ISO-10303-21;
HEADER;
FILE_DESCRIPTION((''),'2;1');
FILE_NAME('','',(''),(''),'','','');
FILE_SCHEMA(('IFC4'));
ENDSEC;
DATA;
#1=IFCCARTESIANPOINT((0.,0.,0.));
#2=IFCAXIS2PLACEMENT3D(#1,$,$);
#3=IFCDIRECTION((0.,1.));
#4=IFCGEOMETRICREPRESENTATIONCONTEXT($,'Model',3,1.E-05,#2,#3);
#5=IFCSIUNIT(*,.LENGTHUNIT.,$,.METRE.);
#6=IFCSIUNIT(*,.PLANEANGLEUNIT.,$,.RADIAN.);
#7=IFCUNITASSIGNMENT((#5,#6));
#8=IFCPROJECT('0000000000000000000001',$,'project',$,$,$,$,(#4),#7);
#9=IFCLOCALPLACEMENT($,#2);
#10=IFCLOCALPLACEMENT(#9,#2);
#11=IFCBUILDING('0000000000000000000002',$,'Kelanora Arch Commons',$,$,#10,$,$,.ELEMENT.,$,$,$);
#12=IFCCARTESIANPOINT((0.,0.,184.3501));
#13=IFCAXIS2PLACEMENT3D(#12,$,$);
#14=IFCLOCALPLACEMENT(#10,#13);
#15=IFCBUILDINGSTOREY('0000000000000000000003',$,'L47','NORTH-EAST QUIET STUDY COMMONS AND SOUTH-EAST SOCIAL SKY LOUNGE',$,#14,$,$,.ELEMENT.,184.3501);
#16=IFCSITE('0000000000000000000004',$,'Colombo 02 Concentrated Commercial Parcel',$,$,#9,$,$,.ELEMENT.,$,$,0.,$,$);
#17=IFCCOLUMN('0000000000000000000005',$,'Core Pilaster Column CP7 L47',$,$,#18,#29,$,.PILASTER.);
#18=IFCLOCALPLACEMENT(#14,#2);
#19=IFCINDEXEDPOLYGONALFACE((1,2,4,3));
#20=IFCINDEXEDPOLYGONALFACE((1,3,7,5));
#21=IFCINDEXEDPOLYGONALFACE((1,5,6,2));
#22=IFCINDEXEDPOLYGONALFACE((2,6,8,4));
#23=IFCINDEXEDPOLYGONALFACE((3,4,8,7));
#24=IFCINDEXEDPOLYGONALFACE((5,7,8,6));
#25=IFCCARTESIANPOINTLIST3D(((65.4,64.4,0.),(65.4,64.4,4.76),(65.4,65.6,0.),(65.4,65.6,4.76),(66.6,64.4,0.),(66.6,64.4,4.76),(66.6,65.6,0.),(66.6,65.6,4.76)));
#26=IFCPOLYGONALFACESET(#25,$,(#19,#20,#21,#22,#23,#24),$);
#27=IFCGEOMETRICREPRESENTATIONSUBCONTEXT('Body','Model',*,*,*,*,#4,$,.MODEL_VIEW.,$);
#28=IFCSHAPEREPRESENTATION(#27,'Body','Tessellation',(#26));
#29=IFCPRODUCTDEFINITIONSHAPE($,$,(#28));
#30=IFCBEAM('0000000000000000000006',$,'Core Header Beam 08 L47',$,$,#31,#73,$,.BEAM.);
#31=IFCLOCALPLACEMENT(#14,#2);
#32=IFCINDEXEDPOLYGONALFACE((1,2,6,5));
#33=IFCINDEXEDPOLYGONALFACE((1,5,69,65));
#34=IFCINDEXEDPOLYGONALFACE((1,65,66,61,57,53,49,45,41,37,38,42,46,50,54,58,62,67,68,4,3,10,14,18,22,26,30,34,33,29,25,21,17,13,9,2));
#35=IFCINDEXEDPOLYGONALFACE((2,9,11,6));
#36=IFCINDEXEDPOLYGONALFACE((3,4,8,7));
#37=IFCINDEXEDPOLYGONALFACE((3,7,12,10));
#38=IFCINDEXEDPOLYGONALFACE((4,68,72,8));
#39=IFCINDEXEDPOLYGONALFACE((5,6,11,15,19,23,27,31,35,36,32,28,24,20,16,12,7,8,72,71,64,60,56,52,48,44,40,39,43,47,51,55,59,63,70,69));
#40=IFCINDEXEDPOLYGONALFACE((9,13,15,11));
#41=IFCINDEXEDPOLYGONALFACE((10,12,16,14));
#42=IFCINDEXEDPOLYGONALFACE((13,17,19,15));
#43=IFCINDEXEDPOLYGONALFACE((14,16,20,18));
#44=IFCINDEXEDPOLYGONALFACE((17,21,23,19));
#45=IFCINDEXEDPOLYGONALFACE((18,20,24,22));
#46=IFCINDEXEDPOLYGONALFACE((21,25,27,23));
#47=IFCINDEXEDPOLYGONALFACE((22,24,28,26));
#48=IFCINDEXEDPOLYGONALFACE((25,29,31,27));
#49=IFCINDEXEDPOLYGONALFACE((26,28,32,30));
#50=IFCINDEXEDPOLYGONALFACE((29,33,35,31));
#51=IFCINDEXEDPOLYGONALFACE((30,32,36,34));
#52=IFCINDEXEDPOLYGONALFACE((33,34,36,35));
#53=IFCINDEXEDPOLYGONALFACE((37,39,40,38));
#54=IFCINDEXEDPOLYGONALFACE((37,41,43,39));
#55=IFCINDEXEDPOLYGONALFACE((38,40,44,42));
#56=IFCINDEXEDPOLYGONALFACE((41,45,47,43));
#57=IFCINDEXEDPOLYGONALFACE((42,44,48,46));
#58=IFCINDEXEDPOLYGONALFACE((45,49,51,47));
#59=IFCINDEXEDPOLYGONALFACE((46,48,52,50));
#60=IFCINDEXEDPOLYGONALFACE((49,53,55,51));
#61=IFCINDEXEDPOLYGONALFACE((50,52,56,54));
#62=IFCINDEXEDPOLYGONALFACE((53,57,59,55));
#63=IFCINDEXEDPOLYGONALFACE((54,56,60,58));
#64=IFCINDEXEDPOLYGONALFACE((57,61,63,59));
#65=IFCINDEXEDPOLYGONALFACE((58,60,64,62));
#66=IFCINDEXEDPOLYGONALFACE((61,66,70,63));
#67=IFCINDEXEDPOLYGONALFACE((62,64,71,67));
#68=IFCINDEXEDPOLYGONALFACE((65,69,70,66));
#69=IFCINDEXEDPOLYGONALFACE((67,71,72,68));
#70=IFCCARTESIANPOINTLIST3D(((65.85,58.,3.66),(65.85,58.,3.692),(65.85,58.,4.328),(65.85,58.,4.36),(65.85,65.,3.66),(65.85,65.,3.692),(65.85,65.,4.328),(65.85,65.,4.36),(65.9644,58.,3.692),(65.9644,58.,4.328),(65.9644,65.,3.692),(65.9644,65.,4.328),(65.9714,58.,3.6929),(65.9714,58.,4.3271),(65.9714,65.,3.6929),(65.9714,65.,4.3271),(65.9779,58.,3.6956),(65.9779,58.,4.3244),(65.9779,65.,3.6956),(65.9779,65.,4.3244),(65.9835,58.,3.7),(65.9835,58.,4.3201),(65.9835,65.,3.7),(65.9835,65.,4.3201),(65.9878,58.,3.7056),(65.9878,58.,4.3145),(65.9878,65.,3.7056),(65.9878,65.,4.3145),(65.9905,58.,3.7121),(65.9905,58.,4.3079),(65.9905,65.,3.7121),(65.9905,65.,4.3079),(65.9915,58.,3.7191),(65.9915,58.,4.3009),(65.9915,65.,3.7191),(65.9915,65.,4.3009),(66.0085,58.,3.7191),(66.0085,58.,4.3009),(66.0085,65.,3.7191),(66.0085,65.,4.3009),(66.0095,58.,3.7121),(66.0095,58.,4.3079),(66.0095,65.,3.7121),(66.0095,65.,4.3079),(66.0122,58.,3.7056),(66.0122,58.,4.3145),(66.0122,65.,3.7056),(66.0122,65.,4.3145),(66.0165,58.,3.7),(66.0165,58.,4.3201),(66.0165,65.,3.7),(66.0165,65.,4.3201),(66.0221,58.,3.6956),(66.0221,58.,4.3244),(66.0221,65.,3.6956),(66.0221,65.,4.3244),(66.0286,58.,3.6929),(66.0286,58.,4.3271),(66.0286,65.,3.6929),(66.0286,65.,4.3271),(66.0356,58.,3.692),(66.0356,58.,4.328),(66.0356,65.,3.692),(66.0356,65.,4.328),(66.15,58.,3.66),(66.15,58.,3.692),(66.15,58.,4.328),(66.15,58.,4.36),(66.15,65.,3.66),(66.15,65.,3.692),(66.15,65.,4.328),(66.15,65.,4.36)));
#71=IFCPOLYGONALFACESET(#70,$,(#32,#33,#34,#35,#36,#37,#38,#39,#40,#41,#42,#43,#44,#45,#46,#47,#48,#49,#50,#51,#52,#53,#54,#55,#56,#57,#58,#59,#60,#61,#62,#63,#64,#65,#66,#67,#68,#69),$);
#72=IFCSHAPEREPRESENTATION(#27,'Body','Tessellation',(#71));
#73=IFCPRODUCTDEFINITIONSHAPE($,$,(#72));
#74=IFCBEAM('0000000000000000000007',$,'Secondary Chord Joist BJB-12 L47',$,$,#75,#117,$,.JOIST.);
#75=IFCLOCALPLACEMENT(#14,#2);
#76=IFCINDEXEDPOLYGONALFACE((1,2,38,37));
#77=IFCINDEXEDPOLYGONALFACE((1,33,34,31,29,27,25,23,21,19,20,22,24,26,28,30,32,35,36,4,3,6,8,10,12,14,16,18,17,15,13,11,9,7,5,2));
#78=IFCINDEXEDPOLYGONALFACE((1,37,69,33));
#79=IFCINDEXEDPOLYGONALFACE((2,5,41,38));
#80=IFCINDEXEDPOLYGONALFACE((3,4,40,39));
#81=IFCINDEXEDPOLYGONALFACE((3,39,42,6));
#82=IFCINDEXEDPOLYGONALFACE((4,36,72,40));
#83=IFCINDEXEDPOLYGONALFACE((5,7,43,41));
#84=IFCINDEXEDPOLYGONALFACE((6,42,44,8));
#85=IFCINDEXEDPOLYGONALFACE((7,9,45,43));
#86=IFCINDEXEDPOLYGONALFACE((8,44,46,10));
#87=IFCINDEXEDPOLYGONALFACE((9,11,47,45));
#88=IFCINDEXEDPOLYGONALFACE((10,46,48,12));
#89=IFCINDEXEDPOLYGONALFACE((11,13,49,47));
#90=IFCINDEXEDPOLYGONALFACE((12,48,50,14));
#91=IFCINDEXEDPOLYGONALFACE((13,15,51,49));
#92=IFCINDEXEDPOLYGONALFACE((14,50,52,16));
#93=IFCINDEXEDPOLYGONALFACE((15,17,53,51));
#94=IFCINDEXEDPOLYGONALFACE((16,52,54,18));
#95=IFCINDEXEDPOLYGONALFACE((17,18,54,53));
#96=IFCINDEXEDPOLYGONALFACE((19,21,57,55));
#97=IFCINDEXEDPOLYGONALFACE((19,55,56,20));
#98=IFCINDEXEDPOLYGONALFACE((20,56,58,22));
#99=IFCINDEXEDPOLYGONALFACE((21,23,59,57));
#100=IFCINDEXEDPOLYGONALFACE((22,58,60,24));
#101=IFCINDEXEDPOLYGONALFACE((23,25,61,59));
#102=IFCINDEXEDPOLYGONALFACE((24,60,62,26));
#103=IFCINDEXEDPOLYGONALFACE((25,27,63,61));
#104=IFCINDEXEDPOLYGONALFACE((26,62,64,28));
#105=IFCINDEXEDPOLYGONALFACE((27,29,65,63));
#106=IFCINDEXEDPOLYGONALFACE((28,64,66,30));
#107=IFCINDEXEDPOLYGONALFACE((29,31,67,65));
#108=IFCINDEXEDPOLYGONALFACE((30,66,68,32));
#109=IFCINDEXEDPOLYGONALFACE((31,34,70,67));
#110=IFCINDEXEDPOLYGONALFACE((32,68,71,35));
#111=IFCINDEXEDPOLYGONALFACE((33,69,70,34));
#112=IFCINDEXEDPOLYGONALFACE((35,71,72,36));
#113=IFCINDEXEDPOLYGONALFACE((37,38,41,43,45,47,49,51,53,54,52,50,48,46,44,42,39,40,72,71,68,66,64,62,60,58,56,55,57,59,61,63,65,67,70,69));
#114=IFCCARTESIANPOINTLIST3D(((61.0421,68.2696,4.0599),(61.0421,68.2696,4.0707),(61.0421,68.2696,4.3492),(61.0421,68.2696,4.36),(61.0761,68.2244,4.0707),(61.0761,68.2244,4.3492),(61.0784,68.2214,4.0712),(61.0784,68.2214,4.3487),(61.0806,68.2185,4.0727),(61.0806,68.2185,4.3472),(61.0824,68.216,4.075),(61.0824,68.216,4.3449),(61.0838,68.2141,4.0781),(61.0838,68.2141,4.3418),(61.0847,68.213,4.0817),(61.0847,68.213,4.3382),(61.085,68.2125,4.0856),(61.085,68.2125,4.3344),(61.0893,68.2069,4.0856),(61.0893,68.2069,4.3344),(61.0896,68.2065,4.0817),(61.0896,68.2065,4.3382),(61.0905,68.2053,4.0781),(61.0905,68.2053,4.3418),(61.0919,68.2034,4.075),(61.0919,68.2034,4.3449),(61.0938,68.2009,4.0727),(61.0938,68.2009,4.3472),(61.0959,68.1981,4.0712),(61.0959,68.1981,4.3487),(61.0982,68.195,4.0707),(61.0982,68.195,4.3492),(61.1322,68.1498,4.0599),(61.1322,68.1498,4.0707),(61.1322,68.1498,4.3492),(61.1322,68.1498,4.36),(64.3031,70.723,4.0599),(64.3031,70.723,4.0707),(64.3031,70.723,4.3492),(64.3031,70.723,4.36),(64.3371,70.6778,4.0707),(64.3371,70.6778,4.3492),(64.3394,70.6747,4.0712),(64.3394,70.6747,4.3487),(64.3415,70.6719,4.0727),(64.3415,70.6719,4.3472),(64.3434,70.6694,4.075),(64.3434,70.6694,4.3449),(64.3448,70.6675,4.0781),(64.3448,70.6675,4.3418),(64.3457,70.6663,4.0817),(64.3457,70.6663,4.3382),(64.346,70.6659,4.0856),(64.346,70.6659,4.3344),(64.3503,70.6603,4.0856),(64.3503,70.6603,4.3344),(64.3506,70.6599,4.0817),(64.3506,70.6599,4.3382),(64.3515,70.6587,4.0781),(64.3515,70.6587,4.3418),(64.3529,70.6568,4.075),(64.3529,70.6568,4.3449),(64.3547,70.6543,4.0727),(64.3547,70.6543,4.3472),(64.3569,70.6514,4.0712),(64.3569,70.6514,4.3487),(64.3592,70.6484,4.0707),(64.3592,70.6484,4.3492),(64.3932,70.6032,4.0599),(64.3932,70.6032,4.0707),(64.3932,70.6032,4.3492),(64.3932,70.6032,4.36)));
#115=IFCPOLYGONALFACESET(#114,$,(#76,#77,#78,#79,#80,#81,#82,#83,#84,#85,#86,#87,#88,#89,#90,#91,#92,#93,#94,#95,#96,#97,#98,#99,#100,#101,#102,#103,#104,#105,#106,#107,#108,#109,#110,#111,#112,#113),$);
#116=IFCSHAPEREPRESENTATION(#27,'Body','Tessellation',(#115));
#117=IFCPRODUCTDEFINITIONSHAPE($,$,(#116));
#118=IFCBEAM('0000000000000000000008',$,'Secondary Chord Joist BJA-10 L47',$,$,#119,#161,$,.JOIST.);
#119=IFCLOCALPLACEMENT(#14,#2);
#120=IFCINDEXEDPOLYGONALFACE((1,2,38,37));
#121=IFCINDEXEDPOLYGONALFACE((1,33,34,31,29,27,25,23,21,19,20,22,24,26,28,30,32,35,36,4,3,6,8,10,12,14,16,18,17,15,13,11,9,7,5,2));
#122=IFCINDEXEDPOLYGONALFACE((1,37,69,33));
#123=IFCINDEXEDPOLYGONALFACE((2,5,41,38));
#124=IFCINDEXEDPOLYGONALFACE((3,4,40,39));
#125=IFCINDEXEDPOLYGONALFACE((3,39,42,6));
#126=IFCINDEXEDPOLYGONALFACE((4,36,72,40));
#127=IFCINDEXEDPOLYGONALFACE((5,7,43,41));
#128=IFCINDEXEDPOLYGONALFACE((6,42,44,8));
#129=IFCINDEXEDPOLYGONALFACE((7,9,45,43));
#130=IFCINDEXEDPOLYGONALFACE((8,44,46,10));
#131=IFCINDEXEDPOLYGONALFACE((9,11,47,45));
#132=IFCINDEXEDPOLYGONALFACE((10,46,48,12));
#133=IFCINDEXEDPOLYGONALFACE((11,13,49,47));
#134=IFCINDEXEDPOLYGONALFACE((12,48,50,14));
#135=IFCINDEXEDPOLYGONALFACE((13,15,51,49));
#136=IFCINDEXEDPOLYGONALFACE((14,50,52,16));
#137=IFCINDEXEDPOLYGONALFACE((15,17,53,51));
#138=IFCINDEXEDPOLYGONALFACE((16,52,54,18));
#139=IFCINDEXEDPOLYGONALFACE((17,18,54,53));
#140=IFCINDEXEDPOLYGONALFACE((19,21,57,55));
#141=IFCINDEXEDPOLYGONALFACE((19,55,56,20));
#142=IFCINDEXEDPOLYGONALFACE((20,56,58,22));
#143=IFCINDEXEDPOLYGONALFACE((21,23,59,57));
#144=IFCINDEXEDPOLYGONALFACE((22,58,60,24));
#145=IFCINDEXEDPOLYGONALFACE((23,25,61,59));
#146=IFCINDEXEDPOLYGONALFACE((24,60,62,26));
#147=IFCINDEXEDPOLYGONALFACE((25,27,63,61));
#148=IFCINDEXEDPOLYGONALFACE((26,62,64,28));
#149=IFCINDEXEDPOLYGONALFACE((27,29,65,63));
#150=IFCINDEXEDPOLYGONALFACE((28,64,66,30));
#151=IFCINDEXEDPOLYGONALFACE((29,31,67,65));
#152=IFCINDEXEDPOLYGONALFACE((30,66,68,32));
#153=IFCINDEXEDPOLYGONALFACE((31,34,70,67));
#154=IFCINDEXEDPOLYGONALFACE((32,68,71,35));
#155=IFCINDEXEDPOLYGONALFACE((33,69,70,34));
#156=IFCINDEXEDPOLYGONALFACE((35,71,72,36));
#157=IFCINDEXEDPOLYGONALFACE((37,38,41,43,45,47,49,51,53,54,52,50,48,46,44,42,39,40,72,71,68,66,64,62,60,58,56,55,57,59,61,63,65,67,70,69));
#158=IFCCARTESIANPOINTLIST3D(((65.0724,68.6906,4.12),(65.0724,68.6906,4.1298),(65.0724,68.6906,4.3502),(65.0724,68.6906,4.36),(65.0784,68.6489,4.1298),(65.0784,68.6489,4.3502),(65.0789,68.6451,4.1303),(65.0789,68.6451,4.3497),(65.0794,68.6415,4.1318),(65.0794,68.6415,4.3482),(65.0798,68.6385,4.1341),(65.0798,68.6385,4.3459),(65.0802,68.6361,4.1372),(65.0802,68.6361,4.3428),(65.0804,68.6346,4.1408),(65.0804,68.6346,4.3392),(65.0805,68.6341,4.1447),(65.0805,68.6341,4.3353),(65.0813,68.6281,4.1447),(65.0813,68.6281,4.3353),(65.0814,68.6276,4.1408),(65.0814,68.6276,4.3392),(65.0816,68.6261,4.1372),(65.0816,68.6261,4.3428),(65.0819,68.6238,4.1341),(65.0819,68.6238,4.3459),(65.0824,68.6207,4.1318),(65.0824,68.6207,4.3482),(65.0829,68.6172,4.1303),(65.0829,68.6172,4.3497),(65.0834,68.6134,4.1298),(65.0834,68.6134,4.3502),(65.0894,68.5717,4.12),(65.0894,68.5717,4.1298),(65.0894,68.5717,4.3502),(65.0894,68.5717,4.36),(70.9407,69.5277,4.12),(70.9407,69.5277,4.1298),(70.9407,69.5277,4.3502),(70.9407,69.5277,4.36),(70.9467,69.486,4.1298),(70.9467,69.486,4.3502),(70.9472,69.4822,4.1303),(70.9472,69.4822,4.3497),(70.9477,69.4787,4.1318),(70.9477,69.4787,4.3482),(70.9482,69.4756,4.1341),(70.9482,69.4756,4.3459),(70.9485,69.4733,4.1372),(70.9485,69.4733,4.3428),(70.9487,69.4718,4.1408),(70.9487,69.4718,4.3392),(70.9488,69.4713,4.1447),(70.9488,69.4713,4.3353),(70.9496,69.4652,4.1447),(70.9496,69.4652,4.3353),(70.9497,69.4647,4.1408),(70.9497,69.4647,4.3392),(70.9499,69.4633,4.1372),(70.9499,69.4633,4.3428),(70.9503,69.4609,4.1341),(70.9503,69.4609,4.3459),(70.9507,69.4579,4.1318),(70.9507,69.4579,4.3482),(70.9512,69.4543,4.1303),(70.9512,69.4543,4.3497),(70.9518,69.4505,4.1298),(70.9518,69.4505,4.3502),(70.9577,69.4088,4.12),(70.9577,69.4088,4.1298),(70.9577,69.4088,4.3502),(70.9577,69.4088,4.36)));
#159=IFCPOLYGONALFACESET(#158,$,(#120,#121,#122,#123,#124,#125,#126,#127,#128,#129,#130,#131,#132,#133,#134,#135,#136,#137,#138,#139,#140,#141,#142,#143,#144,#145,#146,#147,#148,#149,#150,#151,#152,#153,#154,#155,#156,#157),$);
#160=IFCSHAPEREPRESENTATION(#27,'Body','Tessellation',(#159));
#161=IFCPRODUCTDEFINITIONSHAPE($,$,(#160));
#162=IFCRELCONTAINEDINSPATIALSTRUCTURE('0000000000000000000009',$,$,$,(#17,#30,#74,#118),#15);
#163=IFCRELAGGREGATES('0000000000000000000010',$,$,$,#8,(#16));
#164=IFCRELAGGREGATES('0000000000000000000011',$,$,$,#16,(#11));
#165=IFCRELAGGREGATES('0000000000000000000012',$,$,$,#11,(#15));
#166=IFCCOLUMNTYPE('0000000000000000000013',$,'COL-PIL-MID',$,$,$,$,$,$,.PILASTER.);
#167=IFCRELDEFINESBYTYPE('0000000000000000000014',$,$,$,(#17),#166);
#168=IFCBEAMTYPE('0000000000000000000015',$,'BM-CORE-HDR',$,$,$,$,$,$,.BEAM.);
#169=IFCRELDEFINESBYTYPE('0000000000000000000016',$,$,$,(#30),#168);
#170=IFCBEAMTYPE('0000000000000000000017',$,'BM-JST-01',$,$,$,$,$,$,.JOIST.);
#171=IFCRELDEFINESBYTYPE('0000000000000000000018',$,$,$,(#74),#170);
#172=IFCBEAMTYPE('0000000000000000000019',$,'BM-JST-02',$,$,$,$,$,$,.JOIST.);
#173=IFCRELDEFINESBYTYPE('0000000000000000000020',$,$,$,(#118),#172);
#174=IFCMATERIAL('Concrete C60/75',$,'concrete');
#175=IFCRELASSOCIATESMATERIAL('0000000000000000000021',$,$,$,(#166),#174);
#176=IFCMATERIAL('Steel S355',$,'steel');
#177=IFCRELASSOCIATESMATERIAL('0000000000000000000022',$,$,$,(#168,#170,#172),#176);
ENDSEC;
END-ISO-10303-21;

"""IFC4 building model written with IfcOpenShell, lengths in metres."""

from ifc_helpers import new_model, si_unit, direction, frame, origin, origin_2d, place, context, subcontext, project, spatial, rectangle, i_section, extrude, material, material_profile, profile_set, type_object, element, save


model = new_model("IFC4")

# Units and contexts
model_context = context("Model", 3, precision=1e-05, world=origin(), true_north=direction((0.0, 1.0)))
body_context = subcontext(model_context, "Body", "Model", "MODEL_VIEW")
ifc_project = project(units=[si_unit("LENGTHUNIT", "METRE"), si_unit("PLANEANGLEUNIT", "RADIAN")], contexts=[model_context])

# Site, building, storey
site_placement = place(None, origin())
site = spatial("IfcSite", under=ifc_project, at=site_placement, Name="Colombo 02 Concentrated Commercial Parcel", CompositionType="ELEMENT", RefElevation=0.0)
building_placement = place(site_placement, origin())
building = spatial("IfcBuilding", under=site, at=building_placement, Name="Kelanora Arch Commons", CompositionType="ELEMENT")
storey_placement = place(building_placement, frame((0.0, 0.0, 184.3501)))
storey = spatial("IfcBuildingStorey", under=building, at=storey_placement, Name="L47", Description="NORTH-EAST QUIET STUDY COMMONS AND SOUTH-EAST SOCIAL SKY LOUNGE", CompositionType="ELEMENT", Elevation=184.3501)

# Column
ifc_material_1 = material(Name="Concrete C60/75", Category="concrete")
ifc_material_profile_1 = material_profile(ifc_material_1, rectangle(XDim=1.2, YDim=1.2, at=origin_2d()), Name="RC1200x1200")
ifc_profile_set_1 = profile_set([ifc_material_profile_1], Name="Concrete C60/75")
column_type = type_object("IfcColumnType", Name="COL-PIL-MID", PredefinedType="PILASTER", material=ifc_profile_set_1)
column_placement = place(storey_placement, frame((66.0, 65.0, 0.0), z_axis=(0.0, 0.0, 1.0), x_axis=(1.0, 0.0, 0.0)))
element("IfcColumn", 1, at=column_placement, inside=storey, type_object=column_type, Name="Core Pilaster Column CP7 L47", PredefinedType="PILASTER", context=body_context, shape_type="SweptSolid", body=[
    extrude(rectangle(XDim=1.2, YDim=1.2, at=origin_2d()), origin(), (0.0, 0.0, 1.0), 4.76),
])

# Beams
ifc_material_2 = material(Name="Steel S355", Category="steel")
ifc_material_profile_2 = material_profile(ifc_material_2, i_section(OverallWidth=0.3, OverallDepth=0.7, WebThickness=0.0171, FlangeThickness=0.032, FilletRadius=0.0271, at=origin_2d()), Name="HEB700")
ifc_profile_set_2 = profile_set([ifc_material_profile_2], Name="Steel S355")
beam_type_1 = type_object("IfcBeamType", Name="BM-CORE-HDR", PredefinedType="BEAM", material=ifc_profile_set_2)
beam_1_placement = place(storey_placement, frame((66.0, 65.0, 4.01), z_axis=(0.0, -1.0, 0.0), x_axis=(1.0, 0.0, 0.0)))
element("IfcBeam", 2, at=beam_1_placement, inside=storey, type_object=beam_type_1, Name="Core Header Beam 08 L47", PredefinedType="BEAM", context=body_context, shape_type="SweptSolid", body=[
    extrude(i_section(OverallWidth=0.3, OverallDepth=0.7, WebThickness=0.0171, FlangeThickness=0.032, FilletRadius=0.0271, at=origin_2d()), origin(), (0.0, 0.0, 1.0), 7.0),
])
ifc_material_profile_3 = material_profile(ifc_material_2, i_section(OverallWidth=0.1499, OverallDepth=0.3, WebThickness=0.0071, FlangeThickness=0.0107, FilletRadius=0.0149, at=origin_2d()), Name="IPE300")
ifc_profile_set_3 = profile_set([ifc_material_profile_3], Name="Steel S355")
beam_type_2 = type_object("IfcBeamType", Name="BM-JST-01", PredefinedType="JOIST", material=ifc_profile_set_3)
beam_2_placement = place(storey_placement, frame((64.3481, 70.6631, 4.21), z_axis=(-0.799102, -0.601196, 0.0), x_axis=(0.601196, -0.799102, 0.0)))
element("IfcBeam", 3, at=beam_2_placement, inside=storey, type_object=beam_type_2, Name="Secondary Chord Joist BJB-12 L47", PredefinedType="JOIST", context=body_context, shape_type="SweptSolid", body=[
    extrude(i_section(OverallWidth=0.1499, OverallDepth=0.3, WebThickness=0.0071, FlangeThickness=0.0107, FilletRadius=0.0149, at=origin_2d()), origin(), (0.0, 0.0, 1.0), 4.0808),
])
ifc_material_profile_4 = material_profile(ifc_material_2, i_section(OverallWidth=0.1201, OverallDepth=0.24, WebThickness=0.0061, FlangeThickness=0.0098, FilletRadius=0.0149, at=origin_2d()), Name="IPE240")
ifc_profile_set_4 = profile_set([ifc_material_profile_4], Name="Steel S355")
beam_type_3 = type_object("IfcBeamType", Name="BM-JST-02", PredefinedType="JOIST", material=ifc_profile_set_4)
beam_3_placement = place(storey_placement, frame((70.9492, 69.4683, 4.24), z_axis=(-0.989977, -0.141225, 0.0), x_axis=(0.141225, -0.989977, 0.0)))
element("IfcBeam", 4, at=beam_3_placement, inside=storey, type_object=beam_type_3, Name="Secondary Chord Joist BJA-10 L47", PredefinedType="JOIST", context=body_context, shape_type="SweptSolid", body=[
    extrude(i_section(OverallWidth=0.1201, OverallDepth=0.24, WebThickness=0.0061, FlangeThickness=0.0098, FilletRadius=0.0149, at=origin_2d()), origin(), (0.0, 0.0, 1.0), 5.9277),
])

save(model, "model.ifc")
